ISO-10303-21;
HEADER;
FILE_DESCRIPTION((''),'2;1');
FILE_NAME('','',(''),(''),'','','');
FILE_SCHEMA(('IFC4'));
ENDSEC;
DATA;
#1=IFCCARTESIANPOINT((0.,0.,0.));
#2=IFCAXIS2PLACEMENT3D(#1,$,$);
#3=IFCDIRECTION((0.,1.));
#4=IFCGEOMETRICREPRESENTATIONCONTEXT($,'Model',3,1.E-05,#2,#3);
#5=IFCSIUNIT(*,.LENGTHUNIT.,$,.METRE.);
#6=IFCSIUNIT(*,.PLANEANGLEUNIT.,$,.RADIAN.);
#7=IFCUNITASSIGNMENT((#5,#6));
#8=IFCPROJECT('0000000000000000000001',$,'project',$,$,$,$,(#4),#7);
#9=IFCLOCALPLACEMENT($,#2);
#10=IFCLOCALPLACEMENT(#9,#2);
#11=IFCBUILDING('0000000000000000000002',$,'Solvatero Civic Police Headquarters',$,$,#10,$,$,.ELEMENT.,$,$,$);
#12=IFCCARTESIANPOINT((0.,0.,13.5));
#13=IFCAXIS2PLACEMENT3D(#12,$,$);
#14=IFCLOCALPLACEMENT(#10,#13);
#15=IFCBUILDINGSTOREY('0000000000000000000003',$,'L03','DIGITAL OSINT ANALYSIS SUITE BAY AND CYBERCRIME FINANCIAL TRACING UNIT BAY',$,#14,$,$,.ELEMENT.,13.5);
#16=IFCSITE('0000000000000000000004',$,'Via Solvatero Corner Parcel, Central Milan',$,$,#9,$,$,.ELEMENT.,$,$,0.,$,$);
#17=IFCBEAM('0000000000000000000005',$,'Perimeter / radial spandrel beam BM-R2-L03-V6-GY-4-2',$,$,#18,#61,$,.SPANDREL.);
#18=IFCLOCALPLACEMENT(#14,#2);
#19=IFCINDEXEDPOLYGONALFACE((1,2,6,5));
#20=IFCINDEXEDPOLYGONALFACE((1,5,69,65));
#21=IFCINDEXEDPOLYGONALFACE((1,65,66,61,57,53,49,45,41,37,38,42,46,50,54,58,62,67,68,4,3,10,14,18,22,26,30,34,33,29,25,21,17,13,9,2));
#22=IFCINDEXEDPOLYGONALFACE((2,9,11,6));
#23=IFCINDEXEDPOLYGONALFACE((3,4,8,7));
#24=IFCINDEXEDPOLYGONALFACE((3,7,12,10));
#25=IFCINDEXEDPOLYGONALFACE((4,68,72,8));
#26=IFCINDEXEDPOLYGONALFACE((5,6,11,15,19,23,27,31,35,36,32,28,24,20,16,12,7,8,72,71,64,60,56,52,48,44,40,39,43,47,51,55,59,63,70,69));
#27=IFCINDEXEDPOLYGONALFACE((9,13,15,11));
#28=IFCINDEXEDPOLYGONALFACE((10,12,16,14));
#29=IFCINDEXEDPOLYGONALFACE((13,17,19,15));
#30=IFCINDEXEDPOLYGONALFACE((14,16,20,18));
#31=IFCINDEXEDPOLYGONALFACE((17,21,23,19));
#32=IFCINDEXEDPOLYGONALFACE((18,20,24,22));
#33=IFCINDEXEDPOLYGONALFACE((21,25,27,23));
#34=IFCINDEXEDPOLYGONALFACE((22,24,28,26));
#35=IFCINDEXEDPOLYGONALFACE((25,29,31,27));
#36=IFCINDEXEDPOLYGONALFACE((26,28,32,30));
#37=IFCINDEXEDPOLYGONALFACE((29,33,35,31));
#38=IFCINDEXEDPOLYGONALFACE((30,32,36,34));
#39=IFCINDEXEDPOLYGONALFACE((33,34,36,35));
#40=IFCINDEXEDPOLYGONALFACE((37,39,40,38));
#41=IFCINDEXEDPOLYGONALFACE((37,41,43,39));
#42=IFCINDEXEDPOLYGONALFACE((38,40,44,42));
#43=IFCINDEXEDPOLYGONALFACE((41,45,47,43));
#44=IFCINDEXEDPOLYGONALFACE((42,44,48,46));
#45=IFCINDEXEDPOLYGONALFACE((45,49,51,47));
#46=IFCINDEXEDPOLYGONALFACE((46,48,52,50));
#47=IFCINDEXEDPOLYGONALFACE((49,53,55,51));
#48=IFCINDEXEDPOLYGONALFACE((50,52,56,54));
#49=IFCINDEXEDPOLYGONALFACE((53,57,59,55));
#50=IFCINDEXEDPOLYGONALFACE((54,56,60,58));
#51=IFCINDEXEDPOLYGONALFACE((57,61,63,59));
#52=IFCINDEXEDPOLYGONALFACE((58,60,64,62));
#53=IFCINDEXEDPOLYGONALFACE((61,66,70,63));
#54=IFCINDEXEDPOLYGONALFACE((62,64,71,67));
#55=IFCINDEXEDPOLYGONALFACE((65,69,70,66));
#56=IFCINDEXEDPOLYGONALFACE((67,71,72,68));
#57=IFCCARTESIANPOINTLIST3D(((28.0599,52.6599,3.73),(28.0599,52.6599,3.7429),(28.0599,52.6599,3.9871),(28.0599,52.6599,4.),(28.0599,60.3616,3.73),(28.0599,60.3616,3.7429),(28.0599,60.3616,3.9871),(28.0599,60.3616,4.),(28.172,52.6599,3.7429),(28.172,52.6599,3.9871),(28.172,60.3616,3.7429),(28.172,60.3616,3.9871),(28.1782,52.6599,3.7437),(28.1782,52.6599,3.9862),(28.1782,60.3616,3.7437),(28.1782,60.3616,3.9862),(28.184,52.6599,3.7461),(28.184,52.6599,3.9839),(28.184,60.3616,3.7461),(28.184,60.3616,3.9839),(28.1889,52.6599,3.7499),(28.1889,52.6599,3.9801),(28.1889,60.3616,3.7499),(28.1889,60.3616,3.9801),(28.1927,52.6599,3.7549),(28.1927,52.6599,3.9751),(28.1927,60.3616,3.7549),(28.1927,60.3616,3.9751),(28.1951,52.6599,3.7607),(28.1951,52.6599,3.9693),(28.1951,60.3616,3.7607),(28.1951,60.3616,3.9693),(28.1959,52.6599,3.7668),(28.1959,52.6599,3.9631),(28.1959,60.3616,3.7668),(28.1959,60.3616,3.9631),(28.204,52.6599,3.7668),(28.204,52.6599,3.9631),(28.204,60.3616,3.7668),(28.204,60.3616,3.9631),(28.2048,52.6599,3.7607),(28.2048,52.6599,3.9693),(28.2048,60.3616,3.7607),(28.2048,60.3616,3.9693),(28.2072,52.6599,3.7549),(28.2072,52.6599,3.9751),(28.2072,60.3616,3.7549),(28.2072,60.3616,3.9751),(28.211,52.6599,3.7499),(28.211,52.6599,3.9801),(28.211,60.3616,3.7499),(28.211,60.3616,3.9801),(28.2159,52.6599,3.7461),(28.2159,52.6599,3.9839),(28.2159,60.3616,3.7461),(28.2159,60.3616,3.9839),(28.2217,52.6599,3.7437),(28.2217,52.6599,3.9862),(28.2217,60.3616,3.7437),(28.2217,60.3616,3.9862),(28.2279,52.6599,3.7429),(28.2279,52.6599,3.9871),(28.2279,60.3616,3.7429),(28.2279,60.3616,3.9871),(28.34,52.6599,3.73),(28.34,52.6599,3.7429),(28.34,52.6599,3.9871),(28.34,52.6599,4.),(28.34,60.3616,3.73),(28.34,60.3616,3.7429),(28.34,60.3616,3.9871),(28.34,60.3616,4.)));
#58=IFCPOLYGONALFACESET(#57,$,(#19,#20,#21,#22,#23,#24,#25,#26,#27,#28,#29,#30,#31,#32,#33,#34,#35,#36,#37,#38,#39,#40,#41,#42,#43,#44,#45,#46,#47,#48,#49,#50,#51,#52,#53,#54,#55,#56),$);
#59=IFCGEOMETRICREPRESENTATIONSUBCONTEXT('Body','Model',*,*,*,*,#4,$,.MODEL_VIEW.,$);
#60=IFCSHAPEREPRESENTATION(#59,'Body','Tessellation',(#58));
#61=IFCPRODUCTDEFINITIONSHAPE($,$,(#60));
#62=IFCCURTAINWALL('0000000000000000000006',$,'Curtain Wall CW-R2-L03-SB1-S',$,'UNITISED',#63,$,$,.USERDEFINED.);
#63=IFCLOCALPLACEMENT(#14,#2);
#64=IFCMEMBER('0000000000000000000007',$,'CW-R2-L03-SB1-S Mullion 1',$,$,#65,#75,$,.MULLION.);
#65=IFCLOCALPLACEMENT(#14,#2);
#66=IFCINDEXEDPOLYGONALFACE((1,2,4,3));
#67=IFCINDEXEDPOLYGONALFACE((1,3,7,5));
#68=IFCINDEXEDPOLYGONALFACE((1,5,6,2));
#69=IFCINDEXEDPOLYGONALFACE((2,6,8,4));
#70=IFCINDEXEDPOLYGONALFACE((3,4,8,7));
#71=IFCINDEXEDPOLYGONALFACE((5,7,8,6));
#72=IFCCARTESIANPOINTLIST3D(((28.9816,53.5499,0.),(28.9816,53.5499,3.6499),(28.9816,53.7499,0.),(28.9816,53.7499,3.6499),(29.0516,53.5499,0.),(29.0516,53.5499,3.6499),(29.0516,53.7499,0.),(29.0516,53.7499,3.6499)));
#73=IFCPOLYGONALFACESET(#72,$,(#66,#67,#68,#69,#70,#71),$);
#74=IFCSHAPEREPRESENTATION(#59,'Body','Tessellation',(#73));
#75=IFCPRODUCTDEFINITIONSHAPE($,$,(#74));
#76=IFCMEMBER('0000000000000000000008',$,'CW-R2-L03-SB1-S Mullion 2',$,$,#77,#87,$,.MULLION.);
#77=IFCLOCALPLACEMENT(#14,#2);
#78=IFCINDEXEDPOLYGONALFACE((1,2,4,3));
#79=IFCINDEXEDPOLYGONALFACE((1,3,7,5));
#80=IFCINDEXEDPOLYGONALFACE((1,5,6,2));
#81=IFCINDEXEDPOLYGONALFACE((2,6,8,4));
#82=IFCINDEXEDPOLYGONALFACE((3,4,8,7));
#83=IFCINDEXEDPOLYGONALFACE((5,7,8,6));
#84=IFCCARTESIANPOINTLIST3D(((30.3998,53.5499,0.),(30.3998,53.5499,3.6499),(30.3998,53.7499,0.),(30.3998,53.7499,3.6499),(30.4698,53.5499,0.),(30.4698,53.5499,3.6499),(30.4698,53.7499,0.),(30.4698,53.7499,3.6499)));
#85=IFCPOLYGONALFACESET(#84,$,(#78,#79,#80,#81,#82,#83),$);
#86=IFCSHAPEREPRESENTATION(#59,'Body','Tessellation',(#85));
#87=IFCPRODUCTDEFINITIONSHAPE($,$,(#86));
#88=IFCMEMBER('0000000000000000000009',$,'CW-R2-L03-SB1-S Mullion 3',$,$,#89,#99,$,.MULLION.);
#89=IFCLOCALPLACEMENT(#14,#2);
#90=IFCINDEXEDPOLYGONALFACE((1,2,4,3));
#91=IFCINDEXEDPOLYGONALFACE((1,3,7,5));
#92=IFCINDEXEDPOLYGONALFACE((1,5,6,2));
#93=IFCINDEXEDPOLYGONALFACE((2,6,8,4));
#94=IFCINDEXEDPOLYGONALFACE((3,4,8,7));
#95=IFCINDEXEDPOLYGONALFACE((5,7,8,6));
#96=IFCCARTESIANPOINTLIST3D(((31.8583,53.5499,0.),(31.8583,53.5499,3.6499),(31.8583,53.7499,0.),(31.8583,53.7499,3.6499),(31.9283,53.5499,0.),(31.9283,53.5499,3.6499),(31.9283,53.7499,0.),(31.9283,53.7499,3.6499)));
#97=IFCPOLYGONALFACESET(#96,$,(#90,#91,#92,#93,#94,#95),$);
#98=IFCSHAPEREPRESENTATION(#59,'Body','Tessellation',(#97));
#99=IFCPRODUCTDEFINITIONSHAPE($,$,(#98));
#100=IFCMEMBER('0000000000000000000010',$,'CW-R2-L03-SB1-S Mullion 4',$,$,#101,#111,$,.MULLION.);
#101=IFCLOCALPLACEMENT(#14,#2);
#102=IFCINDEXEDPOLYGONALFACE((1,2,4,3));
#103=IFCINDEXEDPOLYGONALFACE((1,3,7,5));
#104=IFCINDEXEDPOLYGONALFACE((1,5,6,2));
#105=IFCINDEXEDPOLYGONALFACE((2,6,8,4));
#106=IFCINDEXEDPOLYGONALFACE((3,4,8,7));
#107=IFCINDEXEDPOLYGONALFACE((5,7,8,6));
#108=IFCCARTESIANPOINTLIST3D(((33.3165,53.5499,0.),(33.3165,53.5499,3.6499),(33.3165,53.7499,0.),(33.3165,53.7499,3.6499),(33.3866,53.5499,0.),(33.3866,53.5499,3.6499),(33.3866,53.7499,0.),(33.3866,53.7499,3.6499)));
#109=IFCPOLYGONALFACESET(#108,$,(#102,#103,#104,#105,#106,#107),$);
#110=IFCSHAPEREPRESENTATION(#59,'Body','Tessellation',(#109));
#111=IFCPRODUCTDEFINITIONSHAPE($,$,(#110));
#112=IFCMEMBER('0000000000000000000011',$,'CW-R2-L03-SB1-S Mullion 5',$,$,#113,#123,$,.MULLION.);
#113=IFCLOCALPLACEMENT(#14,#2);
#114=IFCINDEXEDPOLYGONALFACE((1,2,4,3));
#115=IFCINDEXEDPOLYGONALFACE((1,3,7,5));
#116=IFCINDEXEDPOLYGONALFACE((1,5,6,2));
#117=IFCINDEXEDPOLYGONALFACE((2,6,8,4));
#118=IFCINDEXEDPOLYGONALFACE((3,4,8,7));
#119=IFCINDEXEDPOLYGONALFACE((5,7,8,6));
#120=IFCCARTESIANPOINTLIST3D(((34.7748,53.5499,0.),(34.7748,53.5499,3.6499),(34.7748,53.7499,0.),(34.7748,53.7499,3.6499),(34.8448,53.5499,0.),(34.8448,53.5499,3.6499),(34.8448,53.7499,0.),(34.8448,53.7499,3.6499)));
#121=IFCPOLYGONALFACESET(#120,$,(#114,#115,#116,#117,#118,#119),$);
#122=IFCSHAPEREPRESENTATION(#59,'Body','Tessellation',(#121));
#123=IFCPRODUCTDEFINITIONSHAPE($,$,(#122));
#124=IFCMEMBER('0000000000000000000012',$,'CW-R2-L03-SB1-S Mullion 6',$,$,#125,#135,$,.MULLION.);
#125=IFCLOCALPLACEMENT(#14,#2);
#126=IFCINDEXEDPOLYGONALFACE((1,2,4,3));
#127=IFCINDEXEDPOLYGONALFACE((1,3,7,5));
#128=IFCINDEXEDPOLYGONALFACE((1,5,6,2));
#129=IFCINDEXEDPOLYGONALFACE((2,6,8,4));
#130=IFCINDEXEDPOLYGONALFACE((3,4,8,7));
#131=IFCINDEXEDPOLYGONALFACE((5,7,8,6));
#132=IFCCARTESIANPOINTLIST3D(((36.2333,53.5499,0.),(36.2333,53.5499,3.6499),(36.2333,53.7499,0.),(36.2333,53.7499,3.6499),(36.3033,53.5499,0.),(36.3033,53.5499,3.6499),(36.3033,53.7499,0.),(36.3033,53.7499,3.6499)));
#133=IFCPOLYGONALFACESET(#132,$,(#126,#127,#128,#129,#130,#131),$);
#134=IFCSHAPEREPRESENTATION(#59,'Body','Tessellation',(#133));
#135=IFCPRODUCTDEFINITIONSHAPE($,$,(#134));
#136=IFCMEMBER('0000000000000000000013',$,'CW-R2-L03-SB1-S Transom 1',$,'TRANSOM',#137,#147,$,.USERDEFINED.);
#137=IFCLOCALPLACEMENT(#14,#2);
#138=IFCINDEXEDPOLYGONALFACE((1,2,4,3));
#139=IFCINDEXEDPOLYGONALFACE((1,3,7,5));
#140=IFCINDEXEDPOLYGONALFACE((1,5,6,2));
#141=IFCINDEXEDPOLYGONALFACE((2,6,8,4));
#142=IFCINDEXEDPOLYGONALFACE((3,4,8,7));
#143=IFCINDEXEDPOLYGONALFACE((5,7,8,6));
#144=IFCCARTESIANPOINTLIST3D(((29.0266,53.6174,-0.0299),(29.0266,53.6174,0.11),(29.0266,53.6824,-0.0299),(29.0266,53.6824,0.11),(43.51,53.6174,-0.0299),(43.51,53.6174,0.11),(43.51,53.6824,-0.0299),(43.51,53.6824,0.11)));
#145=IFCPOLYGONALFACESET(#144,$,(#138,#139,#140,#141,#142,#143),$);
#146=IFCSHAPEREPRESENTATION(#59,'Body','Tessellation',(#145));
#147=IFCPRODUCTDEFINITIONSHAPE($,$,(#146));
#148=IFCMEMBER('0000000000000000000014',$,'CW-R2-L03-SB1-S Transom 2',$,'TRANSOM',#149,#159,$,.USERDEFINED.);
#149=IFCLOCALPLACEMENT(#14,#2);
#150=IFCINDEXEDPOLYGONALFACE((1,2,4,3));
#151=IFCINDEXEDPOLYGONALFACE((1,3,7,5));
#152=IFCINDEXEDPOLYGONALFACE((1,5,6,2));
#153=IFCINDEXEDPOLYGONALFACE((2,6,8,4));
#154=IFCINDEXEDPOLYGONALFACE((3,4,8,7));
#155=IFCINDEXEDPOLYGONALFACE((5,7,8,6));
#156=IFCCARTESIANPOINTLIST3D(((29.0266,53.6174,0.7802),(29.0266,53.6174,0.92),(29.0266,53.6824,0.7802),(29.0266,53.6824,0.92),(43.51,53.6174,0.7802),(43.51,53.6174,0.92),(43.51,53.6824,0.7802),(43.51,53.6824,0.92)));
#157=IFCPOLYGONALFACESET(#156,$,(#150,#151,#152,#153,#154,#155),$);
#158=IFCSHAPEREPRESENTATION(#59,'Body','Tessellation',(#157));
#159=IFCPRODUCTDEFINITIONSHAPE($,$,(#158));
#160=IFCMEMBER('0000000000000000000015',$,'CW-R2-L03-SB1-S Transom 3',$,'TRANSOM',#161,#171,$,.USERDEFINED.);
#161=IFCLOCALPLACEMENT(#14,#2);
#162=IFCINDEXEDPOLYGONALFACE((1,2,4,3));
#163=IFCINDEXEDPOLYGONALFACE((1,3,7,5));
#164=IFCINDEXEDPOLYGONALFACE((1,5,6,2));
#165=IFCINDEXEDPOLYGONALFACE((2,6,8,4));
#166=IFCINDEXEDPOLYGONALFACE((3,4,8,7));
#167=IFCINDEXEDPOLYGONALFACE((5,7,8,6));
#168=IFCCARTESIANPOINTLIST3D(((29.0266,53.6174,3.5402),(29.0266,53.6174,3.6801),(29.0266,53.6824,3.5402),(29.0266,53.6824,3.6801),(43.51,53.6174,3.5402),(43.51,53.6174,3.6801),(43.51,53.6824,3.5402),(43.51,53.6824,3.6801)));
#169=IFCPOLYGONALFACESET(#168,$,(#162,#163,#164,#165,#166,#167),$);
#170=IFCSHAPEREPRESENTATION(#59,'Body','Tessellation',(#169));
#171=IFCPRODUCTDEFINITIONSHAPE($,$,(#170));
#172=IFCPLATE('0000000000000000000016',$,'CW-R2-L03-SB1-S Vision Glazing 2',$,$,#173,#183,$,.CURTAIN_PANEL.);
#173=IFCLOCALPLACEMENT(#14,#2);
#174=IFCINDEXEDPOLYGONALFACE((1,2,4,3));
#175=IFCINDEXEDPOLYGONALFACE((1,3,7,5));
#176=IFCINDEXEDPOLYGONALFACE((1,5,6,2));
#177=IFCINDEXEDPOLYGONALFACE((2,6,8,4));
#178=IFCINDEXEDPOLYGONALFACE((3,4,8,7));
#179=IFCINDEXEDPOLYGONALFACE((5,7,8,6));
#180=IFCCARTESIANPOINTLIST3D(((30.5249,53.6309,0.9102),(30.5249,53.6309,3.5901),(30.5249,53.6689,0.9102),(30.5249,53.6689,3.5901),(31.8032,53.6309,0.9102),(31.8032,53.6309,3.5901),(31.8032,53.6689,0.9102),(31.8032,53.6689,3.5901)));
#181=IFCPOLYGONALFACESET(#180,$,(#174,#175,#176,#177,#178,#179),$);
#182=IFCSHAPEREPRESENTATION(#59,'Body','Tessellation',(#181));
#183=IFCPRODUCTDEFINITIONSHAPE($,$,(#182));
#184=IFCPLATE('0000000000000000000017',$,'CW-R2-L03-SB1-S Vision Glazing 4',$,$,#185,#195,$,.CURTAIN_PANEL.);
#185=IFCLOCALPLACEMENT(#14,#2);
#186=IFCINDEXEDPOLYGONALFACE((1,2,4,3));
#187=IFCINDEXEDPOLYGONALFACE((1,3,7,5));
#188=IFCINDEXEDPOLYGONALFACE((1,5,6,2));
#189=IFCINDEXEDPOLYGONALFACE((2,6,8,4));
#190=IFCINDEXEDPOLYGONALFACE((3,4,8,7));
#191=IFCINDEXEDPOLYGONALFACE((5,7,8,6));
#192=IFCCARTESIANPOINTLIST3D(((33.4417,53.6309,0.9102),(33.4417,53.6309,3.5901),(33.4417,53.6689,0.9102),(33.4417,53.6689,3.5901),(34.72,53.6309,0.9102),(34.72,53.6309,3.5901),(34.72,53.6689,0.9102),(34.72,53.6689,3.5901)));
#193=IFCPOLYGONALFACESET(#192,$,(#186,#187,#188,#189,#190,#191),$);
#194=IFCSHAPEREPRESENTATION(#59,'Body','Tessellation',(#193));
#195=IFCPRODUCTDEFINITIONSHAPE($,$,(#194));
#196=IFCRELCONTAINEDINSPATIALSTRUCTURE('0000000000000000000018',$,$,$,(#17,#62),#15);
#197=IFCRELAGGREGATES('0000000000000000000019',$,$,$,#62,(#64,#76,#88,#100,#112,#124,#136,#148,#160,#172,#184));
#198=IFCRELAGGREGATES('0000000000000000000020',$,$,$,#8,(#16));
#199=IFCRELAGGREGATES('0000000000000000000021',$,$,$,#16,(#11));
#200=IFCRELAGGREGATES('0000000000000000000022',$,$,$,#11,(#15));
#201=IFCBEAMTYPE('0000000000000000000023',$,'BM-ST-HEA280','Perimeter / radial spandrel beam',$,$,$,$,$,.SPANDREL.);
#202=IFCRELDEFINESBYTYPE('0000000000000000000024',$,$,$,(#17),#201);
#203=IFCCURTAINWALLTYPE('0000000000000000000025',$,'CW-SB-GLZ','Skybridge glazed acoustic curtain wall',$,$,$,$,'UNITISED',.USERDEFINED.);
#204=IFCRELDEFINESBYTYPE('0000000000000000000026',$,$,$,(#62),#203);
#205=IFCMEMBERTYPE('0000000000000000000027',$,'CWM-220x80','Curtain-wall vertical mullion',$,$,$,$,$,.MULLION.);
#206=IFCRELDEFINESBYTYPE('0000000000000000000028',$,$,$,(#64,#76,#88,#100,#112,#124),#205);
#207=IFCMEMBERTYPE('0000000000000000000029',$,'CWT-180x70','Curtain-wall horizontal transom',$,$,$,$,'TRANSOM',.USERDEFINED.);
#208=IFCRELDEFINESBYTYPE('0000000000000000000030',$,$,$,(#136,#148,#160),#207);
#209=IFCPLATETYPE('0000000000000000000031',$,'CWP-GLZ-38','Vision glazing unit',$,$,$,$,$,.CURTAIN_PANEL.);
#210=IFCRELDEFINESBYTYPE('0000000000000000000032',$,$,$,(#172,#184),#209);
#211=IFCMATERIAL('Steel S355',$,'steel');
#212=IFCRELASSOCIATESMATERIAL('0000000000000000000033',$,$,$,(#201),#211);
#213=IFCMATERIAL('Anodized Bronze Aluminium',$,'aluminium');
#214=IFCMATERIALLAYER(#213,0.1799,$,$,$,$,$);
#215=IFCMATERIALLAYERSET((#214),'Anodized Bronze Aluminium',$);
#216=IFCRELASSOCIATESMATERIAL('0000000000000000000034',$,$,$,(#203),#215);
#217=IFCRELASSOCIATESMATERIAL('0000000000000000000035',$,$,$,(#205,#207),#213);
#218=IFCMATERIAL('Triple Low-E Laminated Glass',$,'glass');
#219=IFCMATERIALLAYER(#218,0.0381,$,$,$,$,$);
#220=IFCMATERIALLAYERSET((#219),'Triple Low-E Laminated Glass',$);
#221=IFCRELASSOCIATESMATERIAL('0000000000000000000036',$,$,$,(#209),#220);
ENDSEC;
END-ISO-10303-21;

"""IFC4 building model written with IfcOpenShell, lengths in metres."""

from ifc_helpers import new_model, si_unit, direction, frame, origin, origin_2d, place, context, subcontext, project, spatial, rectangle, i_section, extrude, material, layer, layer_set, material_profile, profile_set, type_object, element, aggregate, save


model = new_model("IFC4")

# Units and contexts
model_context = context("Model", 3, precision=1e-05, world=origin(), true_north=direction((0.0, 1.0)))
body_context = subcontext(model_context, "Body", "Model", "MODEL_VIEW")
ifc_project = project(units=[si_unit("LENGTHUNIT", "METRE"), si_unit("PLANEANGLEUNIT", "RADIAN")], contexts=[model_context])

# Site, building, storey
site_placement = place(None, origin())
site = spatial("IfcSite", under=ifc_project, at=site_placement, Name="Via Solvatero Corner Parcel, Central Milan", CompositionType="ELEMENT", RefElevation=0.0)
building_placement = place(site_placement, origin())
building = spatial("IfcBuilding", under=site, at=building_placement, Name="Solvatero Civic Police Headquarters", CompositionType="ELEMENT")
storey_placement = place(building_placement, frame((0.0, 0.0, 13.5)))
storey = spatial("IfcBuildingStorey", under=building, at=storey_placement, Name="L03", Description="DIGITAL OSINT ANALYSIS SUITE BAY AND CYBERCRIME FINANCIAL TRACING UNIT BAY", CompositionType="ELEMENT", Elevation=13.5)

# Beam
ifc_material_1 = material(Name="Steel S355", Category="steel")
ifc_material_profile_1 = material_profile(ifc_material_1, i_section(OverallWidth=0.28, OverallDepth=0.27, WebThickness=0.0081, FlangeThickness=0.0129, FilletRadius=0.0239, at=origin_2d()), Name="HEA 280")
ifc_profile_set_1 = profile_set([ifc_material_profile_1], Name="Steel S355")
beam_type = type_object("IfcBeamType", Name="BM-ST-HEA280", Description="Perimeter / radial spandrel beam", PredefinedType="SPANDREL", material=ifc_profile_set_1)
beam_placement = place(storey_placement, frame((28.2, 52.6599, 3.865), z_axis=(0.0, 1.0, 0.0), x_axis=(-1.0, 0.0, 0.0)))
element("IfcBeam", 1, at=beam_placement, inside=storey, type_object=beam_type, Name="Perimeter / radial spandrel beam BM-R2-L03-V6-GY-4-2", PredefinedType="SPANDREL", context=body_context, shape_type="SweptSolid", body=[
    extrude(i_section(OverallWidth=0.28, OverallDepth=0.27, WebThickness=0.0081, FlangeThickness=0.0129, FilletRadius=0.0239, at=origin_2d()), origin(), (0.0, 0.0, 1.0), 7.7017),
])

# Curtain wall, members, plates
ifc_material_2 = material(Name="Anodized Bronze Aluminium", Category="aluminium")
ifc_layer_1 = layer(ifc_material_2, 0.1799)
ifc_layer_set_1 = layer_set([ifc_layer_1], Name="Anodized Bronze Aluminium")
curtain_wall_type_1 = type_object("IfcCurtainWallType", Name="CW-SB-GLZ", Description="Skybridge glazed acoustic curtain wall", ElementType="UNITISED", PredefinedType="USERDEFINED", material=ifc_layer_set_1)
curtain_wall_1_placement = place(storey_placement, origin())
curtain_wall_1 = element("IfcCurtainWall", 2, at=curtain_wall_1_placement, inside=storey, type_object=curtain_wall_type_1, Name="Curtain Wall CW-R2-L03-SB1-S", ObjectType="UNITISED", PredefinedType="USERDEFINED")
ifc_material_profile_2 = material_profile(ifc_material_2, rectangle(XDim=0.0701, YDim=0.2, at=origin_2d()), Name="ALU MULLION 70x200")
ifc_profile_set_2 = profile_set([ifc_material_profile_2], Name="Anodized Bronze Aluminium")
member_type_1 = type_object("IfcMemberType", Name="CWM-220x80", Description="Curtain-wall vertical mullion", PredefinedType="MULLION", material=ifc_profile_set_2)
member_1_placement = place(storey_placement, frame((29.0166, 53.6499, 0.0), z_axis=(0.0, 0.0, 1.0), x_axis=(1.0, 0.0, 0.0)))
member_1 = element("IfcMember", 3, at=member_1_placement, type_object=member_type_1, Name="CW-R2-L03-SB1-S Mullion 1", PredefinedType="MULLION", context=body_context, shape_type="SweptSolid", body=[
    extrude(rectangle(XDim=0.0701, YDim=0.2, at=origin_2d()), origin(), (0.0, 0.0, 1.0), 3.6499),
])
member_2_placement = place(storey_placement, frame((30.4348, 53.6499, 0.0), z_axis=(0.0, 0.0, 1.0), x_axis=(1.0, 0.0, 0.0)))
member_2 = element("IfcMember", 4, at=member_2_placement, type_object=member_type_1, Name="CW-R2-L03-SB1-S Mullion 2", PredefinedType="MULLION", context=body_context, shape_type="SweptSolid", body=[
    extrude(rectangle(XDim=0.0701, YDim=0.2, at=origin_2d()), origin(), (0.0, 0.0, 1.0), 3.6499),
])
member_3_placement = place(storey_placement, frame((31.8933, 53.6499, 0.0), z_axis=(0.0, 0.0, 1.0), x_axis=(1.0, 0.0, 0.0)))
member_3 = element("IfcMember", 5, at=member_3_placement, type_object=member_type_1, Name="CW-R2-L03-SB1-S Mullion 3", PredefinedType="MULLION", context=body_context, shape_type="SweptSolid", body=[
    extrude(rectangle(XDim=0.0701, YDim=0.2, at=origin_2d()), origin(), (0.0, 0.0, 1.0), 3.6499),
])
member_4_placement = place(storey_placement, frame((33.3516, 53.6499, 0.0), z_axis=(0.0, 0.0, 1.0), x_axis=(1.0, 0.0, 0.0)))
member_4 = element("IfcMember", 6, at=member_4_placement, type_object=member_type_1, Name="CW-R2-L03-SB1-S Mullion 4", PredefinedType="MULLION", context=body_context, shape_type="SweptSolid", body=[
    extrude(rectangle(XDim=0.0701, YDim=0.2, at=origin_2d()), origin(), (0.0, 0.0, 1.0), 3.6499),
])
member_5_placement = place(storey_placement, frame((34.8098, 53.6499, 0.0), z_axis=(0.0, 0.0, 1.0), x_axis=(1.0, 0.0, 0.0)))
member_5 = element("IfcMember", 7, at=member_5_placement, type_object=member_type_1, Name="CW-R2-L03-SB1-S Mullion 5", PredefinedType="MULLION", context=body_context, shape_type="SweptSolid", body=[
    extrude(rectangle(XDim=0.0701, YDim=0.2, at=origin_2d()), origin(), (0.0, 0.0, 1.0), 3.6499),
])
member_6_placement = place(storey_placement, frame((36.2683, 53.6499, 0.0), z_axis=(0.0, 0.0, 1.0), x_axis=(1.0, 0.0, 0.0)))
member_6 = element("IfcMember", 8, at=member_6_placement, type_object=member_type_1, Name="CW-R2-L03-SB1-S Mullion 6", PredefinedType="MULLION", context=body_context, shape_type="SweptSolid", body=[
    extrude(rectangle(XDim=0.0701, YDim=0.2, at=origin_2d()), origin(), (0.0, 0.0, 1.0), 3.6499),
])
ifc_material_profile_3 = material_profile(ifc_material_2, rectangle(XDim=0.0649, YDim=0.1399, at=origin_2d()), Name="ALU TRANSOM 65x140")
ifc_profile_set_3 = profile_set([ifc_material_profile_3], Name="Anodized Bronze Aluminium")
member_type_2 = type_object("IfcMemberType", Name="CWT-180x70", Description="Curtain-wall horizontal transom", ElementType="TRANSOM", PredefinedType="USERDEFINED", material=ifc_profile_set_3)
member_7_placement = place(storey_placement, frame((29.0266, 53.6499, 0.04), z_axis=(1.0, 0.0, 0.0), x_axis=(0.0, 1.0, 0.0)))
member_7 = element("IfcMember", 9, at=member_7_placement, type_object=member_type_2, Name="CW-R2-L03-SB1-S Transom 1", ObjectType="TRANSOM", PredefinedType="USERDEFINED", context=body_context, shape_type="SweptSolid", body=[
    extrude(rectangle(XDim=0.0649, YDim=0.1399, at=origin_2d()), origin(), (0.0, 0.0, 1.0), 14.4834),
])
member_8_placement = place(storey_placement, frame((29.0266, 53.6499, 0.8501), z_axis=(1.0, 0.0, 0.0), x_axis=(0.0, 1.0, 0.0)))
member_8 = element("IfcMember", 10, at=member_8_placement, type_object=member_type_2, Name="CW-R2-L03-SB1-S Transom 2", ObjectType="TRANSOM", PredefinedType="USERDEFINED", context=body_context, shape_type="SweptSolid", body=[
    extrude(rectangle(XDim=0.0649, YDim=0.1399, at=origin_2d()), origin(), (0.0, 0.0, 1.0), 14.4834),
])
member_9_placement = place(storey_placement, frame((29.0266, 53.6499, 3.6101), z_axis=(1.0, 0.0, 0.0), x_axis=(0.0, 1.0, 0.0)))
member_9 = element("IfcMember", 11, at=member_9_placement, type_object=member_type_2, Name="CW-R2-L03-SB1-S Transom 3", ObjectType="TRANSOM", PredefinedType="USERDEFINED", context=body_context, shape_type="SweptSolid", body=[
    extrude(rectangle(XDim=0.0649, YDim=0.1399, at=origin_2d()), origin(), (0.0, 0.0, 1.0), 14.4834),
])
ifc_material_3 = material(Name="Triple Low-E Laminated Glass", Category="glass")
ifc_layer_2 = layer(ifc_material_3, 0.0381)
ifc_layer_set_2 = layer_set([ifc_layer_2], Name="Triple Low-E Laminated Glass")
plate_type_1 = type_object("IfcPlateType", Name="CWP-GLZ-38", Description="Vision glazing unit", PredefinedType="CURTAIN_PANEL", material=ifc_layer_set_2)
plate_1_placement = place(storey_placement, frame((31.1641, 53.6499, 0.9102), z_axis=(0.0, 0.0, 1.0), x_axis=(1.0, 0.0, 0.0)))
plate_1 = element("IfcPlate", 12, at=plate_1_placement, type_object=plate_type_1, Name="CW-R2-L03-SB1-S Vision Glazing 2", PredefinedType="CURTAIN_PANEL", context=body_context, shape_type="SweptSolid", body=[
    extrude(rectangle(XDim=1.2783, YDim=0.0381, at=origin_2d()), origin(), (0.0, 0.0, 1.0), 2.6799),
])
plate_2_placement = place(storey_placement, frame((34.0808, 53.6499, 0.9102), z_axis=(0.0, 0.0, 1.0), x_axis=(1.0, 0.0, 0.0)))
plate_2 = element("IfcPlate", 13, at=plate_2_placement, type_object=plate_type_1, Name="CW-R2-L03-SB1-S Vision Glazing 4", PredefinedType="CURTAIN_PANEL", context=body_context, shape_type="SweptSolid", body=[
    extrude(rectangle(XDim=1.2783, YDim=0.0381, at=origin_2d()), origin(), (0.0, 0.0, 1.0), 2.6799),
])

aggregate(curtain_wall_1, [member_1, member_2, member_3, member_4, member_5, member_6, member_7, member_8, member_9, plate_1, plate_2])

save(model, "model.ifc")
